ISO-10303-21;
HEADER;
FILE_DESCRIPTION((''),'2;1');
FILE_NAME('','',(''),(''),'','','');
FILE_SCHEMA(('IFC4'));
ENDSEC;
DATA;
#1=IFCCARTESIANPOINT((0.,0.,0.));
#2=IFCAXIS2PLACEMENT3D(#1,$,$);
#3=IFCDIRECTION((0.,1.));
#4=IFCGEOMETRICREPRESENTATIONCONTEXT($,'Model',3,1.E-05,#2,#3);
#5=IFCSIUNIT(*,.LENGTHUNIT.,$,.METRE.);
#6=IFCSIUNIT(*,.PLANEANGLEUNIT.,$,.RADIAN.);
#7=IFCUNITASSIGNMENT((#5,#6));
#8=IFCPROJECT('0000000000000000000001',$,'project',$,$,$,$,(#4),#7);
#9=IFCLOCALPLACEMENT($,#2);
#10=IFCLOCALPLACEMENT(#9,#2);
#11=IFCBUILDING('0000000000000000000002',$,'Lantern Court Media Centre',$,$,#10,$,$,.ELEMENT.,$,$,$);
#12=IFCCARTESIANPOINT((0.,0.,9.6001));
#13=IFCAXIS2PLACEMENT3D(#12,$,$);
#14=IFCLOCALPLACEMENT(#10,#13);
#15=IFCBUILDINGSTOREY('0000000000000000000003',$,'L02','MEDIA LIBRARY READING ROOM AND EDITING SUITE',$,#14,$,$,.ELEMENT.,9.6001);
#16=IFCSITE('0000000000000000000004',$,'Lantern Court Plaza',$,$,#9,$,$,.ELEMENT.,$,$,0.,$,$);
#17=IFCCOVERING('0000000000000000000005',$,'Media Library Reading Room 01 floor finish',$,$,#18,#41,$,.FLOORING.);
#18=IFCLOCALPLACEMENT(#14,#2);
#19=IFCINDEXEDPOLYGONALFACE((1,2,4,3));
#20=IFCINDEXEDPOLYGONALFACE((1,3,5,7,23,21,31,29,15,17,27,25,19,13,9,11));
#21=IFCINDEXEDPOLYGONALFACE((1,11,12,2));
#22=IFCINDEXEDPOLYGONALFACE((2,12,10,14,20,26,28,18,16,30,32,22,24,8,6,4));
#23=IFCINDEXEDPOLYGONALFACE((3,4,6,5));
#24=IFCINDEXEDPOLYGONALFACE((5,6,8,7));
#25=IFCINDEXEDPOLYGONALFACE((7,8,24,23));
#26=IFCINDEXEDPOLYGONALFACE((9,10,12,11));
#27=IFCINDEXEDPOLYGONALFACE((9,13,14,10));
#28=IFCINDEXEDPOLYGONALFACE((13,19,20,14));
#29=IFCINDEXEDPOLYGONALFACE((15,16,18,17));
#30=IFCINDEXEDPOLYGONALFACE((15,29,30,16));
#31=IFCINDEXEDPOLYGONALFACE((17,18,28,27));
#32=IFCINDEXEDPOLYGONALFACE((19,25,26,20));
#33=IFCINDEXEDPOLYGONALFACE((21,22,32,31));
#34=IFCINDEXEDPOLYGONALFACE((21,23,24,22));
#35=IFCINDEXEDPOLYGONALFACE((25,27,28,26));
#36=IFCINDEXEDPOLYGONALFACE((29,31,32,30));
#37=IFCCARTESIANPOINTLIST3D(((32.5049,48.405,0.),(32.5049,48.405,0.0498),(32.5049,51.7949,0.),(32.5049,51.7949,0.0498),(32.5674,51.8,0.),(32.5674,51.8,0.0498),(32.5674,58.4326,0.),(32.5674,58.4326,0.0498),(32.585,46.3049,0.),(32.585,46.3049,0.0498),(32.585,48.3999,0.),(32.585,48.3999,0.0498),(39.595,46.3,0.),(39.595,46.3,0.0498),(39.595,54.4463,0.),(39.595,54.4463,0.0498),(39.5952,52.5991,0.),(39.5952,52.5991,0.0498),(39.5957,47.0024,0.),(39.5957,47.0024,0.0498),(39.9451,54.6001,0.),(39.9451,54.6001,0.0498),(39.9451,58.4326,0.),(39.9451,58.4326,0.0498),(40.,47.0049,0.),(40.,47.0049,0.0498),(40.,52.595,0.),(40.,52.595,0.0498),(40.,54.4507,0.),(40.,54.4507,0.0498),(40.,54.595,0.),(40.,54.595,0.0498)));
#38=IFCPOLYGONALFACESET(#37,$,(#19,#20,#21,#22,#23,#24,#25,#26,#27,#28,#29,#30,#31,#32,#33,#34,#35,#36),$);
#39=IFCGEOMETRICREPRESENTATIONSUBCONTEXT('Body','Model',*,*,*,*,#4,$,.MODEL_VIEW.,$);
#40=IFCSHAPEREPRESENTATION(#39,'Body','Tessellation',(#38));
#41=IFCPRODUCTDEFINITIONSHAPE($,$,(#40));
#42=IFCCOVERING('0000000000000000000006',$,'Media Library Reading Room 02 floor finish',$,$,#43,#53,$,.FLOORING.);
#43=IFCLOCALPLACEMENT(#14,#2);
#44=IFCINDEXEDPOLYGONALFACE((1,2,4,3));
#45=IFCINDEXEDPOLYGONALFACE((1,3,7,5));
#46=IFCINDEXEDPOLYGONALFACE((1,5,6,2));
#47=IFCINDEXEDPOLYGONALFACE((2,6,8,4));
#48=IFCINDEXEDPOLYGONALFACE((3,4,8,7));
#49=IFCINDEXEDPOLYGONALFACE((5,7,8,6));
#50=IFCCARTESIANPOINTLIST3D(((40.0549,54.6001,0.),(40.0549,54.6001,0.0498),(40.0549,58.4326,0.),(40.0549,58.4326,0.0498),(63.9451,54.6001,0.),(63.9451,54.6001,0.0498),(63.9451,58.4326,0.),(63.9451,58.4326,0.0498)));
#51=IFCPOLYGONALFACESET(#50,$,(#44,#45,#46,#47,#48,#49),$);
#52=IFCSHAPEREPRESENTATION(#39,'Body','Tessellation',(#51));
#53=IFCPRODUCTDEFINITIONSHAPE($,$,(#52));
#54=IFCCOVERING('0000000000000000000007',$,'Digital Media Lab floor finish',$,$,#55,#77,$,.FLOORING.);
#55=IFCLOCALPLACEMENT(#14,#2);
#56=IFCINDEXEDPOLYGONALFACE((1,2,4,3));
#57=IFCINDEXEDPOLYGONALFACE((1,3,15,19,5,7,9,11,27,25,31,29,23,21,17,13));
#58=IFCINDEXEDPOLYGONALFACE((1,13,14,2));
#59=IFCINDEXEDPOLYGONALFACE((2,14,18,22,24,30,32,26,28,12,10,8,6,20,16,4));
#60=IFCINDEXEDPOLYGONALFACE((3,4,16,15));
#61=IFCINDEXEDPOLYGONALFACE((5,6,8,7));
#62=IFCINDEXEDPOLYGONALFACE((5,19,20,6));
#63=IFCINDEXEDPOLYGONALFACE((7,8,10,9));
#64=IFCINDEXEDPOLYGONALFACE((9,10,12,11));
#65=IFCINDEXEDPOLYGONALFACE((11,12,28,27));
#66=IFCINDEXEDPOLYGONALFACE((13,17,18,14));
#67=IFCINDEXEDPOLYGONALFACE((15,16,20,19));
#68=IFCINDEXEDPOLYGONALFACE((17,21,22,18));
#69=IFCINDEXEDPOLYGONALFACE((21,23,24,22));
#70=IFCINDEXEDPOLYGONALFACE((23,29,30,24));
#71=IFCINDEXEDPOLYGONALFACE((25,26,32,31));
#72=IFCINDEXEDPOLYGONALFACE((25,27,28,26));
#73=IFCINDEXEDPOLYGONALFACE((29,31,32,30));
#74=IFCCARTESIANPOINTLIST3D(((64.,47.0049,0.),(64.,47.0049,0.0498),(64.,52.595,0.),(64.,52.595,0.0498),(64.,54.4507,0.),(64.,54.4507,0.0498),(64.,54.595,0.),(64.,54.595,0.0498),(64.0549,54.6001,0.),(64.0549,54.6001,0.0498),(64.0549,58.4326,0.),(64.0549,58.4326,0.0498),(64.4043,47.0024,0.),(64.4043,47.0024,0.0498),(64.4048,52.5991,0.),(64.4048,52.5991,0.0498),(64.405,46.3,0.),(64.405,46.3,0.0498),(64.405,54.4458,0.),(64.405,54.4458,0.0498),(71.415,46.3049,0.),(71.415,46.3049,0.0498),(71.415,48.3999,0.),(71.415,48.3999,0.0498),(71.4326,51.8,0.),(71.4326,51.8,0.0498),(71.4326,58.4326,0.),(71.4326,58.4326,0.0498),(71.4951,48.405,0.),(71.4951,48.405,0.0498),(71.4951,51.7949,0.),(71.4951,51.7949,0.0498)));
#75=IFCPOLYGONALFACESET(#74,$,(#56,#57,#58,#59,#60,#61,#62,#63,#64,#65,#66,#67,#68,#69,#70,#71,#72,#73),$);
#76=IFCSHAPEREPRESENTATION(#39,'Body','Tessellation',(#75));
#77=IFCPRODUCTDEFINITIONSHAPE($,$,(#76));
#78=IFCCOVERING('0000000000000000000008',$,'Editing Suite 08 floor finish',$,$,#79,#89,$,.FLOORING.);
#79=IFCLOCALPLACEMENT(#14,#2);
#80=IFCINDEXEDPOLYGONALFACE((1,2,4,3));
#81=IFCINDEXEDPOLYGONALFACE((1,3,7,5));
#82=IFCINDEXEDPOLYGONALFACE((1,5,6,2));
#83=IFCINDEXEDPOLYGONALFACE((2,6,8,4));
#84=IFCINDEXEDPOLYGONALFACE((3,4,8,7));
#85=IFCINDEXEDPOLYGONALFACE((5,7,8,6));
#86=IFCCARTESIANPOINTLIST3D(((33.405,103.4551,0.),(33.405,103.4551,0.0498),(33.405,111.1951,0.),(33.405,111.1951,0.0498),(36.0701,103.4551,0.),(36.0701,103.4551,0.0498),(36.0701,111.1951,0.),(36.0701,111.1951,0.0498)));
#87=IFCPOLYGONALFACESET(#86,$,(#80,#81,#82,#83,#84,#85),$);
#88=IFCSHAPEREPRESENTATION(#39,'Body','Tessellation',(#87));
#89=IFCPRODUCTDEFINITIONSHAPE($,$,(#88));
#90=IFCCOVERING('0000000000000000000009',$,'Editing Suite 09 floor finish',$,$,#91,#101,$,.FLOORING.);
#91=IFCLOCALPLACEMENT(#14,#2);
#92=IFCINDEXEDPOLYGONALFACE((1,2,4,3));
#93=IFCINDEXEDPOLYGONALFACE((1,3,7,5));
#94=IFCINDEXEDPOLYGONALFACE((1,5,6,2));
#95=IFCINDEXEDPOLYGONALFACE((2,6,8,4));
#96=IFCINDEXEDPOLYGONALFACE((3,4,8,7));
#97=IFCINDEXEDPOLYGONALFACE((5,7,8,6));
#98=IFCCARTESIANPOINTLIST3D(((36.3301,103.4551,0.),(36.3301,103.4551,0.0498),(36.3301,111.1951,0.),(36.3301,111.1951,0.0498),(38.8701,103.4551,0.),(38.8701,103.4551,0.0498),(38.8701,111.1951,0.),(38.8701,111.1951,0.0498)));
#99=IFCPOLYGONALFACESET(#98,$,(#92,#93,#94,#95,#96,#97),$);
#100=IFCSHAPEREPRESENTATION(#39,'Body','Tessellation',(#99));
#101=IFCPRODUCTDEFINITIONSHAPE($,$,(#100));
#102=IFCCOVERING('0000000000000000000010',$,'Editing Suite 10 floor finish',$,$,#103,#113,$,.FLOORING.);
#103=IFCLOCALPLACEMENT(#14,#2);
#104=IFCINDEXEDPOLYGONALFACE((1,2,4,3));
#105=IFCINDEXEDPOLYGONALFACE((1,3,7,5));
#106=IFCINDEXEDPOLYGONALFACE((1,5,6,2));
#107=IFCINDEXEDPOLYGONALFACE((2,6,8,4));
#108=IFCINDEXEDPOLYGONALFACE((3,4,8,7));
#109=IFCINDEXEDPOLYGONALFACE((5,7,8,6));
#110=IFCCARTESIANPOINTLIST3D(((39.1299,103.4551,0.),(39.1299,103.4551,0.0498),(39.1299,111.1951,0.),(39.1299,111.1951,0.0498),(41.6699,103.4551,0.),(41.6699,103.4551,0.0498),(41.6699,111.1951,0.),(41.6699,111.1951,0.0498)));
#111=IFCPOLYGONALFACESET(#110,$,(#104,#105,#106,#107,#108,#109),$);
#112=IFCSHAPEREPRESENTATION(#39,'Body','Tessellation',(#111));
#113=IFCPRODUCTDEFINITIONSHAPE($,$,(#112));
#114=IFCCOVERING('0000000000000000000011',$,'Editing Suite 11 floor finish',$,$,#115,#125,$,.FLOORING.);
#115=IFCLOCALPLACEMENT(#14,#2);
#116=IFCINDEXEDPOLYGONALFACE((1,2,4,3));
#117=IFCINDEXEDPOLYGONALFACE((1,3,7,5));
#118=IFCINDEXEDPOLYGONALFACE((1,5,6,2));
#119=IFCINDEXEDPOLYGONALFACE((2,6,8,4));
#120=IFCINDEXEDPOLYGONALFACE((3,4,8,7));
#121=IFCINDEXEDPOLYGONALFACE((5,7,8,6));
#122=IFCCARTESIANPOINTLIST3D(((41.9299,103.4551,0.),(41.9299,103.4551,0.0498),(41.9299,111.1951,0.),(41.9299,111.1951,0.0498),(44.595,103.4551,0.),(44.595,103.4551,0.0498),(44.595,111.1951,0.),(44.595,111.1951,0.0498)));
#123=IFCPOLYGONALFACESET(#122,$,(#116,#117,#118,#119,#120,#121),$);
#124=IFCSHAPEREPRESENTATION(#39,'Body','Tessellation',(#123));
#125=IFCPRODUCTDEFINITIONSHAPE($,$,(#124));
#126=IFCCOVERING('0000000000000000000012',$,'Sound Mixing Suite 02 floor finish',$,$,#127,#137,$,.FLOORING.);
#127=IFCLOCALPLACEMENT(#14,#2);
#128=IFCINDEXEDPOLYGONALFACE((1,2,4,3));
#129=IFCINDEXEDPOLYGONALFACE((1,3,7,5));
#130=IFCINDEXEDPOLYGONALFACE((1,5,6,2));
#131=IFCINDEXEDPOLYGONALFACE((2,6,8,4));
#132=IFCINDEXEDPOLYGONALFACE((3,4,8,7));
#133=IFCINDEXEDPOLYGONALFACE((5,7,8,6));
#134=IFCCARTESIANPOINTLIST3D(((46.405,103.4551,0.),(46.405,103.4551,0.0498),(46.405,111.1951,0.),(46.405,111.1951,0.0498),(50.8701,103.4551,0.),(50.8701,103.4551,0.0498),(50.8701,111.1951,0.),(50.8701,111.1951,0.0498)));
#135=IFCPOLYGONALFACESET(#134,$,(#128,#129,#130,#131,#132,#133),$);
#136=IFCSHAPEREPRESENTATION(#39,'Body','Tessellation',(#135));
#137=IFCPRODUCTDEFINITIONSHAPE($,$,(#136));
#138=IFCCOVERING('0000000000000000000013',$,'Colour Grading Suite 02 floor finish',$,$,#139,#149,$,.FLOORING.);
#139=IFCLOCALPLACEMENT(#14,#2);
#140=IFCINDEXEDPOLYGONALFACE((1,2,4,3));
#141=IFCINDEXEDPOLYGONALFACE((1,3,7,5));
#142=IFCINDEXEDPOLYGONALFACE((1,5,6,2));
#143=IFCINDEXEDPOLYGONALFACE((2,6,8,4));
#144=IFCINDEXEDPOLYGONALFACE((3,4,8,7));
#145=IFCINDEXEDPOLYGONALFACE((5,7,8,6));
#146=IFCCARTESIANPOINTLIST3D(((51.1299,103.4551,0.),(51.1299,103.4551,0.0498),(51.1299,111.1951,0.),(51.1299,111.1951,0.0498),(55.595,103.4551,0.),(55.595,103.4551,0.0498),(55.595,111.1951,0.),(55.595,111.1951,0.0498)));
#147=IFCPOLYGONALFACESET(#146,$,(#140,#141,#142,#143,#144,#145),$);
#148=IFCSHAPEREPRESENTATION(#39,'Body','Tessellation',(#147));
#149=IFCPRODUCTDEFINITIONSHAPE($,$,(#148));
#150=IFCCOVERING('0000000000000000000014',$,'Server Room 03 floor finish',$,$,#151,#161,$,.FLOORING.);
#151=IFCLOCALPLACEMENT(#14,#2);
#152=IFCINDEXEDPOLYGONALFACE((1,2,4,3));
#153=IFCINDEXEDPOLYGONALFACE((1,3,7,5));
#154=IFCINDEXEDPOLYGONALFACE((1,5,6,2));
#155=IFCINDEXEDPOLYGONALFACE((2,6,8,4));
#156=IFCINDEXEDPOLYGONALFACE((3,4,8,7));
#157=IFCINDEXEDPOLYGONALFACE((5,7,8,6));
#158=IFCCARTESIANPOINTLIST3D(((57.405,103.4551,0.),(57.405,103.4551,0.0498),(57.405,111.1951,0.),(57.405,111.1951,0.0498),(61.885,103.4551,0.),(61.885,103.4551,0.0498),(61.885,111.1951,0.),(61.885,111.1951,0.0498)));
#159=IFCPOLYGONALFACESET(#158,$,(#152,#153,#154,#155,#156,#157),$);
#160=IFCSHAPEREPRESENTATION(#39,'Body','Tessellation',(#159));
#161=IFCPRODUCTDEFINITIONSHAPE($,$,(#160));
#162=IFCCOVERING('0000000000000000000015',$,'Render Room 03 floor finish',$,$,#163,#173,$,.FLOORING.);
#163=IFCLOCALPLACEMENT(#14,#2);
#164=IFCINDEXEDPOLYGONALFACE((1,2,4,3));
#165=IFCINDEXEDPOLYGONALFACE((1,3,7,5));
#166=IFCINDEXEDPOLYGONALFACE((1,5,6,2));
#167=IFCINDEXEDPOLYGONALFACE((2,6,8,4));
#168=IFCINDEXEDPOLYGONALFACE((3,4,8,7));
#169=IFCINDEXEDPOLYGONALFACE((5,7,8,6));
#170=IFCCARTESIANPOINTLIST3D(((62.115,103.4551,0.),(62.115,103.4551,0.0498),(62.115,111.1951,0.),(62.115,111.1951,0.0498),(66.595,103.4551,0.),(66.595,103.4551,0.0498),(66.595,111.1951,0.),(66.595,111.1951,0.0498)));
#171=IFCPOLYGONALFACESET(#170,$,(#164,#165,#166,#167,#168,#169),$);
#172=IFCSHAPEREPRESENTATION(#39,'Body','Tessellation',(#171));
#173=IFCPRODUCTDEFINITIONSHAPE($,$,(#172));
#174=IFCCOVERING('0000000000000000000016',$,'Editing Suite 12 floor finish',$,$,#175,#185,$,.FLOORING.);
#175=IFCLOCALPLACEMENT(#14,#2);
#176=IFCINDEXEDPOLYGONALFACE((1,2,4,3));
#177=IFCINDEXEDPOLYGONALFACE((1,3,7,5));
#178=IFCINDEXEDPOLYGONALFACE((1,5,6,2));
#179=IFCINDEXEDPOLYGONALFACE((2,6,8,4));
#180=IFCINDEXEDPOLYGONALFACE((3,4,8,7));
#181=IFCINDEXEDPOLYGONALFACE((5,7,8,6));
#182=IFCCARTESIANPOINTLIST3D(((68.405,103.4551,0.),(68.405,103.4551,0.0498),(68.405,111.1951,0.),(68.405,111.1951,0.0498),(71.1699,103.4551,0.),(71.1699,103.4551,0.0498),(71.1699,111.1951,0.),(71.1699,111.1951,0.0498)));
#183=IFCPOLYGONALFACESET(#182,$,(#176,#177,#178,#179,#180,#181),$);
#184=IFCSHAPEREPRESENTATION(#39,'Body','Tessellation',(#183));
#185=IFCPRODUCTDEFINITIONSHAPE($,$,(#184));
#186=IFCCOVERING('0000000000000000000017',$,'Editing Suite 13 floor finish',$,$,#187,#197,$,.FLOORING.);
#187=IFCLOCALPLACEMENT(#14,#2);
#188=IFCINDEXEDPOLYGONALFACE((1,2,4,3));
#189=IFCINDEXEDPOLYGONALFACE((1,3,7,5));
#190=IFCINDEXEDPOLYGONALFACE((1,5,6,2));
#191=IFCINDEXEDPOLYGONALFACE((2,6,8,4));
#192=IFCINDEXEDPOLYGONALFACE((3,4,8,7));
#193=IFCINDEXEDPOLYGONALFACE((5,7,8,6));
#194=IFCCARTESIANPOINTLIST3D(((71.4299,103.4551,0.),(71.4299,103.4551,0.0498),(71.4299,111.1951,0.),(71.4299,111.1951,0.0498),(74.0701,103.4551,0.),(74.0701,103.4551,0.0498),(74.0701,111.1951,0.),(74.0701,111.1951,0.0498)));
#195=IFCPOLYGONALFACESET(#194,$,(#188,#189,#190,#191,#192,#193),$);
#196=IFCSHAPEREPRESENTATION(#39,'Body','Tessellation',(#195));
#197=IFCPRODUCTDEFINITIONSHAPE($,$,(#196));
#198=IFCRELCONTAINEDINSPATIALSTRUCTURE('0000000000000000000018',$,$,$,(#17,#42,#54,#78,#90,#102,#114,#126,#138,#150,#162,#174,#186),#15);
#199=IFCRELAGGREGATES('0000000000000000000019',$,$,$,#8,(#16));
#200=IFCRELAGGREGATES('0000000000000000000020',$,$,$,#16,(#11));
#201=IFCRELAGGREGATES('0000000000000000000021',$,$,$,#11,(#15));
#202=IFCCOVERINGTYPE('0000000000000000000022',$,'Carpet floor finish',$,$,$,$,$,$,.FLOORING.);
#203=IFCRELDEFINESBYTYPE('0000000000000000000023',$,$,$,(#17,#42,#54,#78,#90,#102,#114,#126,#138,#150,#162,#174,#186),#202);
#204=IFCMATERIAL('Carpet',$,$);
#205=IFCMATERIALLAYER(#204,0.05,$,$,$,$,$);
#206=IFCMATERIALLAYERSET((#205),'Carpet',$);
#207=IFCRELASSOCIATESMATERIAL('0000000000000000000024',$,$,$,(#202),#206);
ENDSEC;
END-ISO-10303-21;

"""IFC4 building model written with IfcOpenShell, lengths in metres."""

from ifc_helpers import new_model, si_unit, direction, frame, origin, place, context, subcontext, project, spatial, polyline, outline, extrude, material, layer, layer_set, type_object, element, save


model = new_model("IFC4")

# Units and contexts
model_context = context("Model", 3, precision=1e-05, world=origin(), true_north=direction((0.0, 1.0)))
body_context = subcontext(model_context, "Body", "Model", "MODEL_VIEW")
ifc_project = project(units=[si_unit("LENGTHUNIT", "METRE"), si_unit("PLANEANGLEUNIT", "RADIAN")], contexts=[model_context])

# Site, building, storey
site_placement = place(None, origin())
site = spatial("IfcSite", under=ifc_project, at=site_placement, Name="Lantern Court Plaza", CompositionType="ELEMENT", RefElevation=0.0)
building_placement = place(site_placement, origin())
building = spatial("IfcBuilding", under=site, at=building_placement, Name="Lantern Court Media Centre", CompositionType="ELEMENT")
storey_placement = place(building_placement, frame((0.0, 0.0, 9.6001)))
storey = spatial("IfcBuildingStorey", under=building, at=storey_placement, Name="L02", Description="MEDIA LIBRARY READING ROOM AND EDITING SUITE", CompositionType="ELEMENT", Elevation=9.6001)

# Coverings
ifc_material_1 = material(Name="Carpet")
ifc_layer_1 = layer(ifc_material_1, 0.05)
ifc_layer_set_1 = layer_set([ifc_layer_1], Name="Carpet")
covering_type_1 = type_object("IfcCoveringType", Name="Carpet floor finish", PredefinedType="FLOORING", material=ifc_layer_set_1)
covering_1_placement = place(storey_placement, origin())
element("IfcCovering", 1, at=covering_1_placement, inside=storey, type_object=covering_type_1, Name="Media Library Reading Room 01 floor finish", PredefinedType="FLOORING", context=body_context, shape_type="SweptSolid", body=[
    extrude(outline(polyline([(40.0, 54.4507), (39.595, 54.4463), (39.5952, 52.5991), (40.0, 52.595), (40.0, 47.0049), (39.5957, 47.0024), (39.595, 46.3), (32.585, 46.3049), (32.585, 48.3999), (32.5049, 48.405), (32.5049, 51.7949), (32.5674, 51.8), (32.5674, 58.4326), (39.9451, 58.4326), (39.9451, 54.6001), (40.0, 54.595), (40.0, 54.4507)])), origin(), (0.0, 0.0, 1.0), 0.0498),
])
covering_2_placement = place(storey_placement, origin())
element("IfcCovering", 2, at=covering_2_placement, inside=storey, type_object=covering_type_1, Name="Media Library Reading Room 02 floor finish", PredefinedType="FLOORING", context=body_context, shape_type="SweptSolid", body=[
    extrude(outline(polyline([(40.0549, 54.6001), (40.0549, 58.4326), (63.9451, 58.4326), (63.9451, 54.6001), (40.0549, 54.6001)])), origin(), (0.0, 0.0, 1.0), 0.0498),
])
covering_3_placement = place(storey_placement, origin())
element("IfcCovering", 3, at=covering_3_placement, inside=storey, type_object=covering_type_1, Name="Digital Media Lab floor finish", PredefinedType="FLOORING", context=body_context, shape_type="SweptSolid", body=[
    extrude(outline(polyline([(64.0, 54.595), (64.0549, 54.6001), (64.0549, 58.4326), (71.4326, 58.4326), (71.4326, 51.8), (71.4951, 51.7949), (71.4951, 48.405), (71.415, 48.3999), (71.415, 46.3049), (64.405, 46.3), (64.4043, 47.0024), (64.0, 47.0049), (64.0, 52.595), (64.4048, 52.5991), (64.405, 54.4458), (64.0, 54.4507), (64.0, 54.595)])), origin(), (0.0, 0.0, 1.0), 0.0498),
])
covering_4_placement = place(storey_placement, origin())
element("IfcCovering", 4, at=covering_4_placement, inside=storey, type_object=covering_type_1, Name="Editing Suite 08 floor finish", PredefinedType="FLOORING", context=body_context, shape_type="SweptSolid", body=[
    extrude(outline(polyline([(33.405, 103.4551), (33.405, 111.1951), (36.0701, 111.1951), (36.0701, 103.4551), (33.405, 103.4551)])), origin(), (0.0, 0.0, 1.0), 0.0498),
])
covering_5_placement = place(storey_placement, origin())
element("IfcCovering", 5, at=covering_5_placement, inside=storey, type_object=covering_type_1, Name="Editing Suite 09 floor finish", PredefinedType="FLOORING", context=body_context, shape_type="SweptSolid", body=[
    extrude(outline(polyline([(36.3301, 111.1951), (38.8701, 111.1951), (38.8701, 103.4551), (36.3301, 103.4551), (36.3301, 111.1951)])), origin(), (0.0, 0.0, 1.0), 0.0498),
])
covering_6_placement = place(storey_placement, origin())
element("IfcCovering", 6, at=covering_6_placement, inside=storey, type_object=covering_type_1, Name="Editing Suite 10 floor finish", PredefinedType="FLOORING", context=body_context, shape_type="SweptSolid", body=[
    extrude(outline(polyline([(39.1299, 111.1951), (41.6699, 111.1951), (41.6699, 103.4551), (39.1299, 103.4551), (39.1299, 111.1951)])), origin(), (0.0, 0.0, 1.0), 0.0498),
])
covering_7_placement = place(storey_placement, origin())
element("IfcCovering", 7, at=covering_7_placement, inside=storey, type_object=covering_type_1, Name="Editing Suite 11 floor finish", PredefinedType="FLOORING", context=body_context, shape_type="SweptSolid", body=[
    extrude(outline(polyline([(41.9299, 111.1951), (44.595, 111.1951), (44.595, 103.4551), (41.9299, 103.4551), (41.9299, 111.1951)])), origin(), (0.0, 0.0, 1.0), 0.0498),
])
covering_8_placement = place(storey_placement, origin())
element("IfcCovering", 8, at=covering_8_placement, inside=storey, type_object=covering_type_1, Name="Sound Mixing Suite 02 floor finish", PredefinedType="FLOORING", context=body_context, shape_type="SweptSolid", body=[
    extrude(outline(polyline([(46.405, 103.4551), (46.405, 111.1951), (50.8701, 111.1951), (50.8701, 103.4551), (46.405, 103.4551)])), origin(), (0.0, 0.0, 1.0), 0.0498),
])
covering_9_placement = place(storey_placement, origin())
element("IfcCovering", 9, at=covering_9_placement, inside=storey, type_object=covering_type_1, Name="Colour Grading Suite 02 floor finish", PredefinedType="FLOORING", context=body_context, shape_type="SweptSolid", body=[
    extrude(outline(polyline([(51.1299, 111.1951), (55.595, 111.1951), (55.595, 103.4551), (51.1299, 103.4551), (51.1299, 111.1951)])), origin(), (0.0, 0.0, 1.0), 0.0498),
])
covering_10_placement = place(storey_placement, origin())
element("IfcCovering", 10, at=covering_10_placement, inside=storey, type_object=covering_type_1, Name="Server Room 03 floor finish", PredefinedType="FLOORING", context=body_context, shape_type="SweptSolid", body=[
    extrude(outline(polyline([(57.405, 103.4551), (57.405, 111.1951), (61.885, 111.1951), (61.885, 103.4551), (57.405, 103.4551)])), origin(), (0.0, 0.0, 1.0), 0.0498),
])
covering_11_placement = place(storey_placement, origin())
element("IfcCovering", 11, at=covering_11_placement, inside=storey, type_object=covering_type_1, Name="Render Room 03 floor finish", PredefinedType="FLOORING", context=body_context, shape_type="SweptSolid", body=[
    extrude(outline(polyline([(62.115, 111.1951), (66.595, 111.1951), (66.595, 103.4551), (62.115, 103.4551), (62.115, 111.1951)])), origin(), (0.0, 0.0, 1.0), 0.0498),
])
covering_12_placement = place(storey_placement, origin())
element("IfcCovering", 12, at=covering_12_placement, inside=storey, type_object=covering_type_1, Name="Editing Suite 12 floor finish", PredefinedType="FLOORING", context=body_context, shape_type="SweptSolid", body=[
    extrude(outline(polyline([(68.405, 103.4551), (68.405, 111.1951), (71.1699, 111.1951), (71.1699, 103.4551), (68.405, 103.4551)])), origin(), (0.0, 0.0, 1.0), 0.0498),
])
covering_13_placement = place(storey_placement, origin())
element("IfcCovering", 13, at=covering_13_placement, inside=storey, type_object=covering_type_1, Name="Editing Suite 13 floor finish", PredefinedType="FLOORING", context=body_context, shape_type="SweptSolid", body=[
    extrude(outline(polyline([(71.4299, 111.1951), (74.0701, 111.1951), (74.0701, 103.4551), (71.4299, 103.4551), (71.4299, 111.1951)])), origin(), (0.0, 0.0, 1.0), 0.0498),
])

save(model, "model.ifc")
